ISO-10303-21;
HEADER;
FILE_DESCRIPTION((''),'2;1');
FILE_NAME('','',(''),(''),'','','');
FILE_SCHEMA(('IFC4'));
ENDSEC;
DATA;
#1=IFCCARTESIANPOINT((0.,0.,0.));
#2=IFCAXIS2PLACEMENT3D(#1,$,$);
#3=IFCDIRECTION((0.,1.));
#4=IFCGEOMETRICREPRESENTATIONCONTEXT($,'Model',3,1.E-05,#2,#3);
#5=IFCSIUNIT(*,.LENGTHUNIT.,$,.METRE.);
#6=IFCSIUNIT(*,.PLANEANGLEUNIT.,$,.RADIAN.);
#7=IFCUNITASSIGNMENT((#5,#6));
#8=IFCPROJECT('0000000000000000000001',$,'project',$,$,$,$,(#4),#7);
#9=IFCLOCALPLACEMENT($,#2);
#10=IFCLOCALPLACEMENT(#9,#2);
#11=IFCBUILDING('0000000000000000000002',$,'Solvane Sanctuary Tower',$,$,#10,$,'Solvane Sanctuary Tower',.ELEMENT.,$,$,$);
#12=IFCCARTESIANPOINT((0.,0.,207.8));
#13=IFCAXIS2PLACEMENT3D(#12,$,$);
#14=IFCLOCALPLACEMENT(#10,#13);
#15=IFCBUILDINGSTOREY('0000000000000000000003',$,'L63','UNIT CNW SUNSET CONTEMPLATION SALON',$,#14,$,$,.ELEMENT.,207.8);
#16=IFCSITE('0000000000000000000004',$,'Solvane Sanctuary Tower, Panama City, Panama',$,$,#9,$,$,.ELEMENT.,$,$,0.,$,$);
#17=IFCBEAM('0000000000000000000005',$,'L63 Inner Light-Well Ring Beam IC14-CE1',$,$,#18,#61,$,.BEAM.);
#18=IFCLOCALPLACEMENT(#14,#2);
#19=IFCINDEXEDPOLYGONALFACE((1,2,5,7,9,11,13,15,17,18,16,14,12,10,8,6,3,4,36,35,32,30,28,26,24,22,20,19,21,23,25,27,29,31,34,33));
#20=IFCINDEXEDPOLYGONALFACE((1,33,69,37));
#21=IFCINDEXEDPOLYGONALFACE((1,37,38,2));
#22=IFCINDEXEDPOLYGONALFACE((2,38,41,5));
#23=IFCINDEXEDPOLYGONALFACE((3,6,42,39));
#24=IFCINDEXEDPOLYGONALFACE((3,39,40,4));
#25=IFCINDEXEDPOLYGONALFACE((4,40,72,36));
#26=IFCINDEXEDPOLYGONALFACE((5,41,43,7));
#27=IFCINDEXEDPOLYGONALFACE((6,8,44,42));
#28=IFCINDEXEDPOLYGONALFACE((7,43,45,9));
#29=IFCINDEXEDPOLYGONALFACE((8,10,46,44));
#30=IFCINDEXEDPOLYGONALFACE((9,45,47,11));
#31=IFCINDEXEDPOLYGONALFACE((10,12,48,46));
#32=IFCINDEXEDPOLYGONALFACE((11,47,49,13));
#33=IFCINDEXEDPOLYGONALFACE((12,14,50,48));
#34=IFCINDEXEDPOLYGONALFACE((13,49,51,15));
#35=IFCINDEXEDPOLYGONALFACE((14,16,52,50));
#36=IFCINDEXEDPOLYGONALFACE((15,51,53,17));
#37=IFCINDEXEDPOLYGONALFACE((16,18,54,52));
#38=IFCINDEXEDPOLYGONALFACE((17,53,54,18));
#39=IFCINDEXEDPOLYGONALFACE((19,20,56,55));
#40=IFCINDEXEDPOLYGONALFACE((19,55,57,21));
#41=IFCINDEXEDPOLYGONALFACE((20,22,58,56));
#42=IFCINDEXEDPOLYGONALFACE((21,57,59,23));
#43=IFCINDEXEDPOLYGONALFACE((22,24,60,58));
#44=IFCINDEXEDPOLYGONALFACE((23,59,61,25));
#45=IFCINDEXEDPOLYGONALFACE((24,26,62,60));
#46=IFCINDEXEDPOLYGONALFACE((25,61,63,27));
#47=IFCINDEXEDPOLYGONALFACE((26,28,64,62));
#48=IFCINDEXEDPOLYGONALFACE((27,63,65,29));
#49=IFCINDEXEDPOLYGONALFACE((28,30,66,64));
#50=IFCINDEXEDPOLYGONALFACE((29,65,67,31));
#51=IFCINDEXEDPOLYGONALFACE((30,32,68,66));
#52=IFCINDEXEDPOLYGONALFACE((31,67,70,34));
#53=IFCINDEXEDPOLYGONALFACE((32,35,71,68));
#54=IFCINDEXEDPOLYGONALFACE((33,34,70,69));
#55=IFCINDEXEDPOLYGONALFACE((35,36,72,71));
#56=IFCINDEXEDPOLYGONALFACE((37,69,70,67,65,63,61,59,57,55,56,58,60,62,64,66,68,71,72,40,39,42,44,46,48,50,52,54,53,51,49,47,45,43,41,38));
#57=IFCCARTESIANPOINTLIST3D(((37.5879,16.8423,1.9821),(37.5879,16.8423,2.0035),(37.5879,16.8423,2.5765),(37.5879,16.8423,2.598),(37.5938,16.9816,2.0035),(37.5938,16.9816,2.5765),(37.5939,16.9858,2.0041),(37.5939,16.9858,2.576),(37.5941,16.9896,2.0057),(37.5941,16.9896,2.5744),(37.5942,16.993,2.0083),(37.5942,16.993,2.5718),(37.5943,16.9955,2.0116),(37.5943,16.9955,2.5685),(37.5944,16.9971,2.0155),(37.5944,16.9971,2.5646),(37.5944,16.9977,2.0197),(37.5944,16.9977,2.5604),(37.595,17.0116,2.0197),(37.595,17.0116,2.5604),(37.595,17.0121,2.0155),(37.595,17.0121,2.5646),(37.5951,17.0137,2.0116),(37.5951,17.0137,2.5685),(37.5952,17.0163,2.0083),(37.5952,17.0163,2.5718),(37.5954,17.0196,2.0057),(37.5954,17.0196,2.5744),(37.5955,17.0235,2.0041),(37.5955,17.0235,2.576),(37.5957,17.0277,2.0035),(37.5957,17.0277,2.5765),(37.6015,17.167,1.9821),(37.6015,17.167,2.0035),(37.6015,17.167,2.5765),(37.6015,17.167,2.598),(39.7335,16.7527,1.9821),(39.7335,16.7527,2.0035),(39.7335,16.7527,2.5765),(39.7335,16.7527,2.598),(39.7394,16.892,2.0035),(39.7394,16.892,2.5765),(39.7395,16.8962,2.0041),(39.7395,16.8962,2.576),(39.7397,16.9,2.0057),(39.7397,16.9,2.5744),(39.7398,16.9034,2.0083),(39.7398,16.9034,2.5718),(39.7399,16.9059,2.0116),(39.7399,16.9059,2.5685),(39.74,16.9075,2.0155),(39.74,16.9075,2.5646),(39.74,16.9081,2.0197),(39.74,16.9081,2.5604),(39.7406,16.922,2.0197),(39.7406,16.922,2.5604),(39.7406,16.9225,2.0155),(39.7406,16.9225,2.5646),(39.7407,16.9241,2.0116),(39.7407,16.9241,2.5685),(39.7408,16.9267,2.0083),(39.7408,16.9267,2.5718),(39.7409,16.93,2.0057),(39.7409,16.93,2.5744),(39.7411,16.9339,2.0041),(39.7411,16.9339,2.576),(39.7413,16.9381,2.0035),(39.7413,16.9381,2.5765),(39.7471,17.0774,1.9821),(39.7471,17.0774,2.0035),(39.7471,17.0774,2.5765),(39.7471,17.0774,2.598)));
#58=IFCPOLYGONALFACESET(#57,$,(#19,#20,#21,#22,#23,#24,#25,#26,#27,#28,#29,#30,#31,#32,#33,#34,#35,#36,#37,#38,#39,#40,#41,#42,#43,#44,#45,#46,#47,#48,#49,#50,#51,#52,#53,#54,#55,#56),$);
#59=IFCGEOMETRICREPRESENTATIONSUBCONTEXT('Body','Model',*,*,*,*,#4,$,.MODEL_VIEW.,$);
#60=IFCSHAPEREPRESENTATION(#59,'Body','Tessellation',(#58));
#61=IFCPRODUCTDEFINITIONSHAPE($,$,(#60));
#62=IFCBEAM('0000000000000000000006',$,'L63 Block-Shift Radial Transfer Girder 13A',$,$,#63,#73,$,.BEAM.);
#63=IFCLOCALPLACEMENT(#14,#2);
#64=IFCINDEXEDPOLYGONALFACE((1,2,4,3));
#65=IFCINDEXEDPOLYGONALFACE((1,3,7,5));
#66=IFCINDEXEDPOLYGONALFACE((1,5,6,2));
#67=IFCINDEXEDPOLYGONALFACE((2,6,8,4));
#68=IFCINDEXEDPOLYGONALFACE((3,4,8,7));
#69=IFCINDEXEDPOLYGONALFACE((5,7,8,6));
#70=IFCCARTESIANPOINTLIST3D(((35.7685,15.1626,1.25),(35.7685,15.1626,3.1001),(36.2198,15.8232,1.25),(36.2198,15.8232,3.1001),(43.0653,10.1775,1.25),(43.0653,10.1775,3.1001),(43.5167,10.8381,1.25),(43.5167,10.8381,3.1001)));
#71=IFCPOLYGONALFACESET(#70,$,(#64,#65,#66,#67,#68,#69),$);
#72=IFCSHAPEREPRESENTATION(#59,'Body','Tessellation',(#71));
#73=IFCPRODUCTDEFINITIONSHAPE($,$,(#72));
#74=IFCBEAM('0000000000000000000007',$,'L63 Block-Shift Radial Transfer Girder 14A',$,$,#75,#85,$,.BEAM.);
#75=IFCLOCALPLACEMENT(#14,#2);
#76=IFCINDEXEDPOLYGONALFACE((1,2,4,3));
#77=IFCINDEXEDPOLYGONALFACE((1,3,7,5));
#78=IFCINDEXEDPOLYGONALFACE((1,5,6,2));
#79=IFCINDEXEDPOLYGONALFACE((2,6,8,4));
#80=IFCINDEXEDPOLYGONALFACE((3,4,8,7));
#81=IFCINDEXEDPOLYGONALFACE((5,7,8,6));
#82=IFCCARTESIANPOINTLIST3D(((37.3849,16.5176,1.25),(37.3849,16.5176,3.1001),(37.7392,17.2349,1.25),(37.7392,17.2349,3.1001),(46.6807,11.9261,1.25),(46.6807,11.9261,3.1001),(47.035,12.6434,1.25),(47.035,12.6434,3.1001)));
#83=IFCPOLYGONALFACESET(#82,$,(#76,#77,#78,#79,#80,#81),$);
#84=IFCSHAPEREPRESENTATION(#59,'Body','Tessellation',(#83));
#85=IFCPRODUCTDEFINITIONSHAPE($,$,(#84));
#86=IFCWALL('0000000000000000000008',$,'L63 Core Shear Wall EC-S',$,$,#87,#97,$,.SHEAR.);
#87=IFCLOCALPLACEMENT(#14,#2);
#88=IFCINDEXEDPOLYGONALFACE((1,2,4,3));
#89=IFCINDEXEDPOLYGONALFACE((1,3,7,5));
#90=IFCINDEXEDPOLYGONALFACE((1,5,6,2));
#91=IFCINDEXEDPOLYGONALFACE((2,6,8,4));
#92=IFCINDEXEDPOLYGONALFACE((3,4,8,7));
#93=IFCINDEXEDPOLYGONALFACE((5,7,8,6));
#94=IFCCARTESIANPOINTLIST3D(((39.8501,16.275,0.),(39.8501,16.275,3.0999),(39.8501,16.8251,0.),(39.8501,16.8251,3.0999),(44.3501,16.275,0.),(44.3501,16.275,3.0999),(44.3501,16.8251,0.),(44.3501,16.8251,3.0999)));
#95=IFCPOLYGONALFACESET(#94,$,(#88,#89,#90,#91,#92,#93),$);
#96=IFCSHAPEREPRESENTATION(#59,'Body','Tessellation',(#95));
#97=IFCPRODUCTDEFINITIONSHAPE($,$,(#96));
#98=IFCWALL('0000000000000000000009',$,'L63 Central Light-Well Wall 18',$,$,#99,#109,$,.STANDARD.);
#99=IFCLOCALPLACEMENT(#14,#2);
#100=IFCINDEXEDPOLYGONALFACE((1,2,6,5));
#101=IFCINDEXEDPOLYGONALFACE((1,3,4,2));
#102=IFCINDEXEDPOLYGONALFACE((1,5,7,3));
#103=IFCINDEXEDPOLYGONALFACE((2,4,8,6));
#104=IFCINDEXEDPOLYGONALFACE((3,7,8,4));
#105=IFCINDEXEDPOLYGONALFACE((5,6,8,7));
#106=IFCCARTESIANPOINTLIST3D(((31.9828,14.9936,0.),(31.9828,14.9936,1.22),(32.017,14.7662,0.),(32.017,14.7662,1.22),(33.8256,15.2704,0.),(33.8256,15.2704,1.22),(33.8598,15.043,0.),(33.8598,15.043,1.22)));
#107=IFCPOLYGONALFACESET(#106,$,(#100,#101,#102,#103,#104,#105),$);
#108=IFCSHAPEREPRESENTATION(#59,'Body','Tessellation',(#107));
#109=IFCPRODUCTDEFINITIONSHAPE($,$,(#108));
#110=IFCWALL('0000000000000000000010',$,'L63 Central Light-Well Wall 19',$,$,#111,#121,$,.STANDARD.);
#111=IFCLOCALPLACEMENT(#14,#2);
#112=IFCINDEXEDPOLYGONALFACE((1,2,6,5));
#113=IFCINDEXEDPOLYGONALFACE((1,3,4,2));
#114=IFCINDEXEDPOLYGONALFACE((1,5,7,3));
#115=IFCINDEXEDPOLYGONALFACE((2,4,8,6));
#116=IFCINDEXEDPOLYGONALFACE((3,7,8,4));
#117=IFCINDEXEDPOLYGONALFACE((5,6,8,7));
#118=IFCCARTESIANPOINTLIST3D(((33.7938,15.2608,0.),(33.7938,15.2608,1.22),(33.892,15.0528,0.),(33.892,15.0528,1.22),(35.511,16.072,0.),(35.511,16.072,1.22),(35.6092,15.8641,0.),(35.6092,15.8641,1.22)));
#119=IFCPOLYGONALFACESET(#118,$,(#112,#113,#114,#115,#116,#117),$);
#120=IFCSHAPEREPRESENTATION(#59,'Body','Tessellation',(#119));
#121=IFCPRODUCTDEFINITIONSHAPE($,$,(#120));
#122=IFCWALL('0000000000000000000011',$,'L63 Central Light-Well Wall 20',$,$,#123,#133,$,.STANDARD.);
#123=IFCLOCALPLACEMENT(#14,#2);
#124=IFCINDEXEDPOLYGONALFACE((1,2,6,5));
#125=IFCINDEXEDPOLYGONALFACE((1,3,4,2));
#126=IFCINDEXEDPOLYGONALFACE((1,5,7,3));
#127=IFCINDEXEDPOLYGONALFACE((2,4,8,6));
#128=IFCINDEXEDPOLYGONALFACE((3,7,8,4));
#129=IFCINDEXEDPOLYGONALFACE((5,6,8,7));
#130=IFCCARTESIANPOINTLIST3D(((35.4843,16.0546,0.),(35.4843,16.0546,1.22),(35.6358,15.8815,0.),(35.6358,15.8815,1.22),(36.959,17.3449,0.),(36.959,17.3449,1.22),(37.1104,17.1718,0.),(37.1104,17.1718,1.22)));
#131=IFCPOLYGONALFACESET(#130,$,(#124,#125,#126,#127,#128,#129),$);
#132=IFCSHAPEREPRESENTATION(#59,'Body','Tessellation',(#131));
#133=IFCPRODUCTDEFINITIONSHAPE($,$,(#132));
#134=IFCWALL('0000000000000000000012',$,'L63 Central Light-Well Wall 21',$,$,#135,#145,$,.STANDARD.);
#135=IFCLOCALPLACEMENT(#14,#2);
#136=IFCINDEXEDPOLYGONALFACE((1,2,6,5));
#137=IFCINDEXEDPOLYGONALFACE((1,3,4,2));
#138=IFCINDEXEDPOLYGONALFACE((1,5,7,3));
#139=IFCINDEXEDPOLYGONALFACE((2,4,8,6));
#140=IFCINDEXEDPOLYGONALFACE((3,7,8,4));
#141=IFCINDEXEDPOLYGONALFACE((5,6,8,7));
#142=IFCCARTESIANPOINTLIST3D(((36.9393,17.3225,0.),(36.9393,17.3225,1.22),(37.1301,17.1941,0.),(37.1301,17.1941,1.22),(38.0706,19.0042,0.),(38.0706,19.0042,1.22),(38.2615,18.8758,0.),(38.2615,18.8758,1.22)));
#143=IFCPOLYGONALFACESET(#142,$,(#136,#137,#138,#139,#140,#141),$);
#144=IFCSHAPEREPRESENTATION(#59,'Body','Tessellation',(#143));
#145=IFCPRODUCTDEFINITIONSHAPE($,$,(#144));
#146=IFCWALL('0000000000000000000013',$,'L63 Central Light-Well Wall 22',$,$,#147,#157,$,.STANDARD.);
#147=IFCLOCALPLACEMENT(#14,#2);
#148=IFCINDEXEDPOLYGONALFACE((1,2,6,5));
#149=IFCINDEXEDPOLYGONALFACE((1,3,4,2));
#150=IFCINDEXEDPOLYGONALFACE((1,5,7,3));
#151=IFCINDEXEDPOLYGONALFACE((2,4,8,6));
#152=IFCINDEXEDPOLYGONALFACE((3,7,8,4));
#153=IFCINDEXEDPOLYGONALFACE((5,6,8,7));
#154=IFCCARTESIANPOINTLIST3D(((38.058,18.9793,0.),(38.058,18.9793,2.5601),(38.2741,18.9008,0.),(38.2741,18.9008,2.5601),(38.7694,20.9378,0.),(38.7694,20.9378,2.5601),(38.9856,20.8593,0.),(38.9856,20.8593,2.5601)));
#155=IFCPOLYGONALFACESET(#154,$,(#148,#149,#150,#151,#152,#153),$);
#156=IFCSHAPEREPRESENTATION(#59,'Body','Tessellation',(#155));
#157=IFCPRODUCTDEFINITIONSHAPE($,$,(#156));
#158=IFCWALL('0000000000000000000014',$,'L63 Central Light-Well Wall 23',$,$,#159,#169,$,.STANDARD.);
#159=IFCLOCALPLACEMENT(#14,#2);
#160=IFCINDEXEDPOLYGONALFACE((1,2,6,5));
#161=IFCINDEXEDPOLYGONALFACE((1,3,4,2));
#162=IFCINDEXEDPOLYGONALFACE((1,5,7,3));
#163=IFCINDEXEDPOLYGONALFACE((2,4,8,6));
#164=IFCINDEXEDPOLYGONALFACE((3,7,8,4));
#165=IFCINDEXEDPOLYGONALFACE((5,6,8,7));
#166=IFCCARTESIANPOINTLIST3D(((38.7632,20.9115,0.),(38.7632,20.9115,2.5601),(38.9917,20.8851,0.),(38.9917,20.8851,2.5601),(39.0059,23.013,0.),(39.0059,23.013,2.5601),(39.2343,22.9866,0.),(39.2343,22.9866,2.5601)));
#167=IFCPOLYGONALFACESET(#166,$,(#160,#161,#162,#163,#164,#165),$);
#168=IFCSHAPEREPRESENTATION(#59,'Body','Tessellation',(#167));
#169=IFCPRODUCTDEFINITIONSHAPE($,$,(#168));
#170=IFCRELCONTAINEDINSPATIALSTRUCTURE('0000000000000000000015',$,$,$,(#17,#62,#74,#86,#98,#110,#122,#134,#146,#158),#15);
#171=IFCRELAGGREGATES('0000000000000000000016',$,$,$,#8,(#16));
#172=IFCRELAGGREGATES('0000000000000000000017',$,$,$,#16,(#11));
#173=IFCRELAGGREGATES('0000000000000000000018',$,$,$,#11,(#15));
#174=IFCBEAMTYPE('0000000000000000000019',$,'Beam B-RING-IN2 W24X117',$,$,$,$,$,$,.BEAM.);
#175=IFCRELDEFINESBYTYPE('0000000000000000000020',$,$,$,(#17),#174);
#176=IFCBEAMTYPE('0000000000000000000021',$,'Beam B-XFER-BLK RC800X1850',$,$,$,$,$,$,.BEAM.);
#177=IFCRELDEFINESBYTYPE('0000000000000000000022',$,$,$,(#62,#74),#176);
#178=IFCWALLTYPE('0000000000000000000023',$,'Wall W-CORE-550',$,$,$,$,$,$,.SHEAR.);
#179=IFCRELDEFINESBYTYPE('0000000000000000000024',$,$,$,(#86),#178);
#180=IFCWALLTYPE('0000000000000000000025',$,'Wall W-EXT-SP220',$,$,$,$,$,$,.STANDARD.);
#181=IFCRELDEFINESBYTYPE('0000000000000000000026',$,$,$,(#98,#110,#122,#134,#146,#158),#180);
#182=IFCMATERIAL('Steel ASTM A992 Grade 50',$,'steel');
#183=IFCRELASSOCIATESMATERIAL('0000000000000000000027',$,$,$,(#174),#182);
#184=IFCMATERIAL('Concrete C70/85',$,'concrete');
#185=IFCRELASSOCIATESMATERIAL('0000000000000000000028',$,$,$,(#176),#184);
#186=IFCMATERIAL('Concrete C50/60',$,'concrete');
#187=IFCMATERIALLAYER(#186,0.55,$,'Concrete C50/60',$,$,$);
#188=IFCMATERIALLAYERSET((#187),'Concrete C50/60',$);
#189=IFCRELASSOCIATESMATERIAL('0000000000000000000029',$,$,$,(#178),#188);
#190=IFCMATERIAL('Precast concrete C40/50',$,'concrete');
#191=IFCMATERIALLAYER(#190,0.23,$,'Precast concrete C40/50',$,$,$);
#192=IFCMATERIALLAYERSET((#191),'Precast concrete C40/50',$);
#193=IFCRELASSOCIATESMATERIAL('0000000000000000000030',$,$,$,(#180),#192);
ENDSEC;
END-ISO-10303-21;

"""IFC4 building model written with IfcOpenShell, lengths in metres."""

from ifc_helpers import new_model, si_unit, direction, frame, frame_2d, origin, origin_2d, place, context, subcontext, project, spatial, rectangle, i_section, extrude, material, layer, layer_set, material_profile, profile_set, type_object, element, save


model = new_model("IFC4")

# Units and contexts
model_context = context("Model", 3, precision=1e-05, world=origin(), true_north=direction((0.0, 1.0)))
body_context = subcontext(model_context, "Body", "Model", "MODEL_VIEW")
ifc_project = project(units=[si_unit("LENGTHUNIT", "METRE"), si_unit("PLANEANGLEUNIT", "RADIAN")], contexts=[model_context])

# Site, building, storey
site_placement = place(None, origin())
site = spatial("IfcSite", under=ifc_project, at=site_placement, Name="Solvane Sanctuary Tower, Panama City, Panama", CompositionType="ELEMENT", RefElevation=0.0)
building_placement = place(site_placement, origin())
building = spatial("IfcBuilding", under=site, at=building_placement, Name="Solvane Sanctuary Tower", LongName="Solvane Sanctuary Tower", CompositionType="ELEMENT")
storey_placement = place(building_placement, frame((0.0, 0.0, 207.8)))
storey = spatial("IfcBuildingStorey", under=building, at=storey_placement, Name="L63", Description="UNIT CNW SUNSET CONTEMPLATION SALON", CompositionType="ELEMENT", Elevation=207.8)

# Shared definitions
ifc_material_1 = material(Name="Concrete C50/60", Category="concrete")

# Beams
ifc_material_2 = material(Name="Steel ASTM A992 Grade 50", Category="steel")
ifc_material_profile_1 = material_profile(ifc_material_2, i_section(OverallWidth=0.325, OverallDepth=0.616, WebThickness=0.0139, FlangeThickness=0.0215, FilletRadius=0.0161, at=origin_2d()), Name="W24X117")
ifc_profile_set_1 = profile_set([ifc_material_profile_1], Name="Steel ASTM A992 Grade 50")
beam_type_1 = type_object("IfcBeamType", Name="Beam B-RING-IN2 W24X117", PredefinedType="BEAM", material=ifc_profile_set_1)
beam_1_placement = place(storey_placement, frame((37.5947, 17.0046, 2.29), z_axis=(0.999129, -0.041725, 0.0), x_axis=(0.041725, 0.999129, 0.0)))
element("IfcBeam", 1, at=beam_1_placement, inside=storey, type_object=beam_type_1, Name="L63 Inner Light-Well Ring Beam IC14-CE1", PredefinedType="BEAM", context=body_context, shape_type="SweptSolid", body=[
    extrude(i_section(OverallWidth=0.325, OverallDepth=0.616, WebThickness=0.0139, FlangeThickness=0.0215, FilletRadius=0.0161, at=origin_2d()), origin(), (0.0, 0.0, 1.0), 2.1475),
])
ifc_material_3 = material(Name="Concrete C70/85", Category="concrete")
ifc_material_profile_2 = material_profile(ifc_material_3, rectangle(XDim=0.8, YDim=1.8501, at=origin_2d()), Name="RC800X1850")
ifc_profile_set_2 = profile_set([ifc_material_profile_2], Name="Concrete C70/85")
beam_type_2 = type_object("IfcBeamType", Name="Beam B-XFER-BLK RC800X1850", PredefinedType="BEAM", material=ifc_profile_set_2)
beam_2_placement = place(storey_placement, frame((35.9941, 15.4929, 2.175), z_axis=(0.825702, -0.564106, 0.0), x_axis=(0.564106, 0.825702, 0.0)))
element("IfcBeam", 2, at=beam_2_placement, inside=storey, type_object=beam_type_2, Name="L63 Block-Shift Radial Transfer Girder 13A", PredefinedType="BEAM", context=body_context, shape_type="SweptSolid", body=[
    extrude(rectangle(XDim=0.8, YDim=1.8501, at=origin_2d()), origin(), (0.0, 0.0, 1.0), 8.8372),
])
beam_3_placement = place(storey_placement, frame((37.562, 16.8762, 2.175), z_axis=(0.896592, -0.442857, 0.0), x_axis=(0.442857, 0.896592, 0.0)))
element("IfcBeam", 3, at=beam_3_placement, inside=storey, type_object=beam_type_2, Name="L63 Block-Shift Radial Transfer Girder 14A", PredefinedType="BEAM", context=body_context, shape_type="SweptSolid", body=[
    extrude(rectangle(XDim=0.8, YDim=1.8501, at=origin_2d()), origin(), (0.0, 0.0, 1.0), 10.3679),
])

# Walls
ifc_layer_1 = layer(ifc_material_1, 0.55, Name="Concrete C50/60")
ifc_layer_set_1 = layer_set([ifc_layer_1], Name="Concrete C50/60")
wall_type_1 = type_object("IfcWallType", Name="Wall W-CORE-550", PredefinedType="SHEAR", material=ifc_layer_set_1)
wall_1_placement = place(storey_placement, frame((39.8501, 16.55, 0.0), z_axis=(0.0, 0.0, 1.0), x_axis=(1.0, 0.0, 0.0)))
element("IfcWall", 4, at=wall_1_placement, inside=storey, type_object=wall_type_1, Name="L63 Core Shear Wall EC-S", PredefinedType="SHEAR", context=body_context, shape_type="SweptSolid", body=[
    extrude(rectangle(XDim=4.5, YDim=0.55, at=frame_2d((2.25, 0.0))), origin(), (0.0, 0.0, 1.0), 3.0999),
])
ifc_material_4 = material(Name="Precast concrete C40/50", Category="concrete")
ifc_layer_2 = layer(ifc_material_4, 0.23, Name="Precast concrete C40/50")
ifc_layer_set_2 = layer_set([ifc_layer_2], Name="Precast concrete C40/50")
wall_type_2 = type_object("IfcWallType", Name="Wall W-EXT-SP220", PredefinedType="STANDARD", material=ifc_layer_set_2)
wall_2_placement = place(storey_placement, frame((32.0, 14.8799, 0.0), z_axis=(0.0, 0.0, 1.0), x_axis=(0.988902, 0.148571, 0.0)))
element("IfcWall", 5, at=wall_2_placement, inside=storey, type_object=wall_type_2, Name="L63 Central Light-Well Wall 18", PredefinedType="STANDARD", context=body_context, shape_type="SweptSolid", body=[
    extrude(rectangle(XDim=1.8635, YDim=0.23, at=frame_2d((0.9316, 0.0))), origin(), (0.0, 0.0, 1.0), 1.22),
])
wall_3_placement = place(storey_placement, frame((33.8428, 15.1567, 0.0), z_axis=(0.0, 0.0, 1.0), x_axis=(0.90418, 0.427152, 0.0)))
element("IfcWall", 6, at=wall_3_placement, inside=storey, type_object=wall_type_2, Name="L63 Central Light-Well Wall 19", PredefinedType="STANDARD", context=body_context, shape_type="SweptSolid", body=[
    extrude(rectangle(XDim=1.8992, YDim=0.23, at=frame_2d((0.9497, 0.0))), origin(), (0.0, 0.0, 1.0), 1.22),
])
wall_4_placement = place(storey_placement, frame((35.5601, 15.968, 0.0), z_axis=(0.0, 0.0, 1.0), x_axis=(0.752577, 0.658505, 0.0)))
element("IfcWall", 7, at=wall_4_placement, inside=storey, type_object=wall_type_2, Name="L63 Central Light-Well Wall 20", PredefinedType="STANDARD", context=body_context, shape_type="SweptSolid", body=[
    extrude(rectangle(XDim=1.9595, YDim=0.23, at=frame_2d((0.9797, 0.0))), origin(), (0.0, 0.0, 1.0), 1.22),
])
wall_5_placement = place(storey_placement, frame((37.0347, 17.2583, 0.0), z_axis=(0.0, 0.0, 1.0), x_axis=(0.558198, 0.829708, 0.0)))
element("IfcWall", 8, at=wall_5_placement, inside=storey, type_object=wall_type_2, Name="L63 Central Light-Well Wall 21", PredefinedType="STANDARD", context=body_context, shape_type="SweptSolid", body=[
    extrude(rectangle(XDim=2.0269, YDim=0.23, at=frame_2d((1.0134, 0.0))), origin(), (0.0, 0.0, 1.0), 1.22),
])
wall_6_placement = place(storey_placement, frame((38.166, 18.9399, 0.0), z_axis=(0.0, 0.0, 1.0), x_axis=(0.341423, 0.93991, 0.0)))
element("IfcWall", 9, at=wall_6_placement, inside=storey, type_object=wall_type_2, Name="L63 Central Light-Well Wall 22", PredefinedType="STANDARD", context=body_context, shape_type="SweptSolid", body=[
    extrude(rectangle(XDim=2.0837, YDim=0.23, at=frame_2d((1.042, 0.0))), origin(), (0.0, 0.0, 1.0), 2.5601),
])
wall_7_placement = place(storey_placement, frame((38.8774, 20.8984, 0.0), z_axis=(0.0, 0.0, 1.0), x_axis=(0.114712, 0.993399, 0.0)))
element("IfcWall", 10, at=wall_7_placement, inside=storey, type_object=wall_type_2, Name="L63 Central Light-Well Wall 23", PredefinedType="STANDARD", context=body_context, shape_type="SweptSolid", body=[
    extrude(rectangle(XDim=2.1155, YDim=0.23, at=frame_2d((1.0576, 0.0))), origin(), (0.0, 0.0, 1.0), 2.5601),
])

save(model, "model.ifc")
